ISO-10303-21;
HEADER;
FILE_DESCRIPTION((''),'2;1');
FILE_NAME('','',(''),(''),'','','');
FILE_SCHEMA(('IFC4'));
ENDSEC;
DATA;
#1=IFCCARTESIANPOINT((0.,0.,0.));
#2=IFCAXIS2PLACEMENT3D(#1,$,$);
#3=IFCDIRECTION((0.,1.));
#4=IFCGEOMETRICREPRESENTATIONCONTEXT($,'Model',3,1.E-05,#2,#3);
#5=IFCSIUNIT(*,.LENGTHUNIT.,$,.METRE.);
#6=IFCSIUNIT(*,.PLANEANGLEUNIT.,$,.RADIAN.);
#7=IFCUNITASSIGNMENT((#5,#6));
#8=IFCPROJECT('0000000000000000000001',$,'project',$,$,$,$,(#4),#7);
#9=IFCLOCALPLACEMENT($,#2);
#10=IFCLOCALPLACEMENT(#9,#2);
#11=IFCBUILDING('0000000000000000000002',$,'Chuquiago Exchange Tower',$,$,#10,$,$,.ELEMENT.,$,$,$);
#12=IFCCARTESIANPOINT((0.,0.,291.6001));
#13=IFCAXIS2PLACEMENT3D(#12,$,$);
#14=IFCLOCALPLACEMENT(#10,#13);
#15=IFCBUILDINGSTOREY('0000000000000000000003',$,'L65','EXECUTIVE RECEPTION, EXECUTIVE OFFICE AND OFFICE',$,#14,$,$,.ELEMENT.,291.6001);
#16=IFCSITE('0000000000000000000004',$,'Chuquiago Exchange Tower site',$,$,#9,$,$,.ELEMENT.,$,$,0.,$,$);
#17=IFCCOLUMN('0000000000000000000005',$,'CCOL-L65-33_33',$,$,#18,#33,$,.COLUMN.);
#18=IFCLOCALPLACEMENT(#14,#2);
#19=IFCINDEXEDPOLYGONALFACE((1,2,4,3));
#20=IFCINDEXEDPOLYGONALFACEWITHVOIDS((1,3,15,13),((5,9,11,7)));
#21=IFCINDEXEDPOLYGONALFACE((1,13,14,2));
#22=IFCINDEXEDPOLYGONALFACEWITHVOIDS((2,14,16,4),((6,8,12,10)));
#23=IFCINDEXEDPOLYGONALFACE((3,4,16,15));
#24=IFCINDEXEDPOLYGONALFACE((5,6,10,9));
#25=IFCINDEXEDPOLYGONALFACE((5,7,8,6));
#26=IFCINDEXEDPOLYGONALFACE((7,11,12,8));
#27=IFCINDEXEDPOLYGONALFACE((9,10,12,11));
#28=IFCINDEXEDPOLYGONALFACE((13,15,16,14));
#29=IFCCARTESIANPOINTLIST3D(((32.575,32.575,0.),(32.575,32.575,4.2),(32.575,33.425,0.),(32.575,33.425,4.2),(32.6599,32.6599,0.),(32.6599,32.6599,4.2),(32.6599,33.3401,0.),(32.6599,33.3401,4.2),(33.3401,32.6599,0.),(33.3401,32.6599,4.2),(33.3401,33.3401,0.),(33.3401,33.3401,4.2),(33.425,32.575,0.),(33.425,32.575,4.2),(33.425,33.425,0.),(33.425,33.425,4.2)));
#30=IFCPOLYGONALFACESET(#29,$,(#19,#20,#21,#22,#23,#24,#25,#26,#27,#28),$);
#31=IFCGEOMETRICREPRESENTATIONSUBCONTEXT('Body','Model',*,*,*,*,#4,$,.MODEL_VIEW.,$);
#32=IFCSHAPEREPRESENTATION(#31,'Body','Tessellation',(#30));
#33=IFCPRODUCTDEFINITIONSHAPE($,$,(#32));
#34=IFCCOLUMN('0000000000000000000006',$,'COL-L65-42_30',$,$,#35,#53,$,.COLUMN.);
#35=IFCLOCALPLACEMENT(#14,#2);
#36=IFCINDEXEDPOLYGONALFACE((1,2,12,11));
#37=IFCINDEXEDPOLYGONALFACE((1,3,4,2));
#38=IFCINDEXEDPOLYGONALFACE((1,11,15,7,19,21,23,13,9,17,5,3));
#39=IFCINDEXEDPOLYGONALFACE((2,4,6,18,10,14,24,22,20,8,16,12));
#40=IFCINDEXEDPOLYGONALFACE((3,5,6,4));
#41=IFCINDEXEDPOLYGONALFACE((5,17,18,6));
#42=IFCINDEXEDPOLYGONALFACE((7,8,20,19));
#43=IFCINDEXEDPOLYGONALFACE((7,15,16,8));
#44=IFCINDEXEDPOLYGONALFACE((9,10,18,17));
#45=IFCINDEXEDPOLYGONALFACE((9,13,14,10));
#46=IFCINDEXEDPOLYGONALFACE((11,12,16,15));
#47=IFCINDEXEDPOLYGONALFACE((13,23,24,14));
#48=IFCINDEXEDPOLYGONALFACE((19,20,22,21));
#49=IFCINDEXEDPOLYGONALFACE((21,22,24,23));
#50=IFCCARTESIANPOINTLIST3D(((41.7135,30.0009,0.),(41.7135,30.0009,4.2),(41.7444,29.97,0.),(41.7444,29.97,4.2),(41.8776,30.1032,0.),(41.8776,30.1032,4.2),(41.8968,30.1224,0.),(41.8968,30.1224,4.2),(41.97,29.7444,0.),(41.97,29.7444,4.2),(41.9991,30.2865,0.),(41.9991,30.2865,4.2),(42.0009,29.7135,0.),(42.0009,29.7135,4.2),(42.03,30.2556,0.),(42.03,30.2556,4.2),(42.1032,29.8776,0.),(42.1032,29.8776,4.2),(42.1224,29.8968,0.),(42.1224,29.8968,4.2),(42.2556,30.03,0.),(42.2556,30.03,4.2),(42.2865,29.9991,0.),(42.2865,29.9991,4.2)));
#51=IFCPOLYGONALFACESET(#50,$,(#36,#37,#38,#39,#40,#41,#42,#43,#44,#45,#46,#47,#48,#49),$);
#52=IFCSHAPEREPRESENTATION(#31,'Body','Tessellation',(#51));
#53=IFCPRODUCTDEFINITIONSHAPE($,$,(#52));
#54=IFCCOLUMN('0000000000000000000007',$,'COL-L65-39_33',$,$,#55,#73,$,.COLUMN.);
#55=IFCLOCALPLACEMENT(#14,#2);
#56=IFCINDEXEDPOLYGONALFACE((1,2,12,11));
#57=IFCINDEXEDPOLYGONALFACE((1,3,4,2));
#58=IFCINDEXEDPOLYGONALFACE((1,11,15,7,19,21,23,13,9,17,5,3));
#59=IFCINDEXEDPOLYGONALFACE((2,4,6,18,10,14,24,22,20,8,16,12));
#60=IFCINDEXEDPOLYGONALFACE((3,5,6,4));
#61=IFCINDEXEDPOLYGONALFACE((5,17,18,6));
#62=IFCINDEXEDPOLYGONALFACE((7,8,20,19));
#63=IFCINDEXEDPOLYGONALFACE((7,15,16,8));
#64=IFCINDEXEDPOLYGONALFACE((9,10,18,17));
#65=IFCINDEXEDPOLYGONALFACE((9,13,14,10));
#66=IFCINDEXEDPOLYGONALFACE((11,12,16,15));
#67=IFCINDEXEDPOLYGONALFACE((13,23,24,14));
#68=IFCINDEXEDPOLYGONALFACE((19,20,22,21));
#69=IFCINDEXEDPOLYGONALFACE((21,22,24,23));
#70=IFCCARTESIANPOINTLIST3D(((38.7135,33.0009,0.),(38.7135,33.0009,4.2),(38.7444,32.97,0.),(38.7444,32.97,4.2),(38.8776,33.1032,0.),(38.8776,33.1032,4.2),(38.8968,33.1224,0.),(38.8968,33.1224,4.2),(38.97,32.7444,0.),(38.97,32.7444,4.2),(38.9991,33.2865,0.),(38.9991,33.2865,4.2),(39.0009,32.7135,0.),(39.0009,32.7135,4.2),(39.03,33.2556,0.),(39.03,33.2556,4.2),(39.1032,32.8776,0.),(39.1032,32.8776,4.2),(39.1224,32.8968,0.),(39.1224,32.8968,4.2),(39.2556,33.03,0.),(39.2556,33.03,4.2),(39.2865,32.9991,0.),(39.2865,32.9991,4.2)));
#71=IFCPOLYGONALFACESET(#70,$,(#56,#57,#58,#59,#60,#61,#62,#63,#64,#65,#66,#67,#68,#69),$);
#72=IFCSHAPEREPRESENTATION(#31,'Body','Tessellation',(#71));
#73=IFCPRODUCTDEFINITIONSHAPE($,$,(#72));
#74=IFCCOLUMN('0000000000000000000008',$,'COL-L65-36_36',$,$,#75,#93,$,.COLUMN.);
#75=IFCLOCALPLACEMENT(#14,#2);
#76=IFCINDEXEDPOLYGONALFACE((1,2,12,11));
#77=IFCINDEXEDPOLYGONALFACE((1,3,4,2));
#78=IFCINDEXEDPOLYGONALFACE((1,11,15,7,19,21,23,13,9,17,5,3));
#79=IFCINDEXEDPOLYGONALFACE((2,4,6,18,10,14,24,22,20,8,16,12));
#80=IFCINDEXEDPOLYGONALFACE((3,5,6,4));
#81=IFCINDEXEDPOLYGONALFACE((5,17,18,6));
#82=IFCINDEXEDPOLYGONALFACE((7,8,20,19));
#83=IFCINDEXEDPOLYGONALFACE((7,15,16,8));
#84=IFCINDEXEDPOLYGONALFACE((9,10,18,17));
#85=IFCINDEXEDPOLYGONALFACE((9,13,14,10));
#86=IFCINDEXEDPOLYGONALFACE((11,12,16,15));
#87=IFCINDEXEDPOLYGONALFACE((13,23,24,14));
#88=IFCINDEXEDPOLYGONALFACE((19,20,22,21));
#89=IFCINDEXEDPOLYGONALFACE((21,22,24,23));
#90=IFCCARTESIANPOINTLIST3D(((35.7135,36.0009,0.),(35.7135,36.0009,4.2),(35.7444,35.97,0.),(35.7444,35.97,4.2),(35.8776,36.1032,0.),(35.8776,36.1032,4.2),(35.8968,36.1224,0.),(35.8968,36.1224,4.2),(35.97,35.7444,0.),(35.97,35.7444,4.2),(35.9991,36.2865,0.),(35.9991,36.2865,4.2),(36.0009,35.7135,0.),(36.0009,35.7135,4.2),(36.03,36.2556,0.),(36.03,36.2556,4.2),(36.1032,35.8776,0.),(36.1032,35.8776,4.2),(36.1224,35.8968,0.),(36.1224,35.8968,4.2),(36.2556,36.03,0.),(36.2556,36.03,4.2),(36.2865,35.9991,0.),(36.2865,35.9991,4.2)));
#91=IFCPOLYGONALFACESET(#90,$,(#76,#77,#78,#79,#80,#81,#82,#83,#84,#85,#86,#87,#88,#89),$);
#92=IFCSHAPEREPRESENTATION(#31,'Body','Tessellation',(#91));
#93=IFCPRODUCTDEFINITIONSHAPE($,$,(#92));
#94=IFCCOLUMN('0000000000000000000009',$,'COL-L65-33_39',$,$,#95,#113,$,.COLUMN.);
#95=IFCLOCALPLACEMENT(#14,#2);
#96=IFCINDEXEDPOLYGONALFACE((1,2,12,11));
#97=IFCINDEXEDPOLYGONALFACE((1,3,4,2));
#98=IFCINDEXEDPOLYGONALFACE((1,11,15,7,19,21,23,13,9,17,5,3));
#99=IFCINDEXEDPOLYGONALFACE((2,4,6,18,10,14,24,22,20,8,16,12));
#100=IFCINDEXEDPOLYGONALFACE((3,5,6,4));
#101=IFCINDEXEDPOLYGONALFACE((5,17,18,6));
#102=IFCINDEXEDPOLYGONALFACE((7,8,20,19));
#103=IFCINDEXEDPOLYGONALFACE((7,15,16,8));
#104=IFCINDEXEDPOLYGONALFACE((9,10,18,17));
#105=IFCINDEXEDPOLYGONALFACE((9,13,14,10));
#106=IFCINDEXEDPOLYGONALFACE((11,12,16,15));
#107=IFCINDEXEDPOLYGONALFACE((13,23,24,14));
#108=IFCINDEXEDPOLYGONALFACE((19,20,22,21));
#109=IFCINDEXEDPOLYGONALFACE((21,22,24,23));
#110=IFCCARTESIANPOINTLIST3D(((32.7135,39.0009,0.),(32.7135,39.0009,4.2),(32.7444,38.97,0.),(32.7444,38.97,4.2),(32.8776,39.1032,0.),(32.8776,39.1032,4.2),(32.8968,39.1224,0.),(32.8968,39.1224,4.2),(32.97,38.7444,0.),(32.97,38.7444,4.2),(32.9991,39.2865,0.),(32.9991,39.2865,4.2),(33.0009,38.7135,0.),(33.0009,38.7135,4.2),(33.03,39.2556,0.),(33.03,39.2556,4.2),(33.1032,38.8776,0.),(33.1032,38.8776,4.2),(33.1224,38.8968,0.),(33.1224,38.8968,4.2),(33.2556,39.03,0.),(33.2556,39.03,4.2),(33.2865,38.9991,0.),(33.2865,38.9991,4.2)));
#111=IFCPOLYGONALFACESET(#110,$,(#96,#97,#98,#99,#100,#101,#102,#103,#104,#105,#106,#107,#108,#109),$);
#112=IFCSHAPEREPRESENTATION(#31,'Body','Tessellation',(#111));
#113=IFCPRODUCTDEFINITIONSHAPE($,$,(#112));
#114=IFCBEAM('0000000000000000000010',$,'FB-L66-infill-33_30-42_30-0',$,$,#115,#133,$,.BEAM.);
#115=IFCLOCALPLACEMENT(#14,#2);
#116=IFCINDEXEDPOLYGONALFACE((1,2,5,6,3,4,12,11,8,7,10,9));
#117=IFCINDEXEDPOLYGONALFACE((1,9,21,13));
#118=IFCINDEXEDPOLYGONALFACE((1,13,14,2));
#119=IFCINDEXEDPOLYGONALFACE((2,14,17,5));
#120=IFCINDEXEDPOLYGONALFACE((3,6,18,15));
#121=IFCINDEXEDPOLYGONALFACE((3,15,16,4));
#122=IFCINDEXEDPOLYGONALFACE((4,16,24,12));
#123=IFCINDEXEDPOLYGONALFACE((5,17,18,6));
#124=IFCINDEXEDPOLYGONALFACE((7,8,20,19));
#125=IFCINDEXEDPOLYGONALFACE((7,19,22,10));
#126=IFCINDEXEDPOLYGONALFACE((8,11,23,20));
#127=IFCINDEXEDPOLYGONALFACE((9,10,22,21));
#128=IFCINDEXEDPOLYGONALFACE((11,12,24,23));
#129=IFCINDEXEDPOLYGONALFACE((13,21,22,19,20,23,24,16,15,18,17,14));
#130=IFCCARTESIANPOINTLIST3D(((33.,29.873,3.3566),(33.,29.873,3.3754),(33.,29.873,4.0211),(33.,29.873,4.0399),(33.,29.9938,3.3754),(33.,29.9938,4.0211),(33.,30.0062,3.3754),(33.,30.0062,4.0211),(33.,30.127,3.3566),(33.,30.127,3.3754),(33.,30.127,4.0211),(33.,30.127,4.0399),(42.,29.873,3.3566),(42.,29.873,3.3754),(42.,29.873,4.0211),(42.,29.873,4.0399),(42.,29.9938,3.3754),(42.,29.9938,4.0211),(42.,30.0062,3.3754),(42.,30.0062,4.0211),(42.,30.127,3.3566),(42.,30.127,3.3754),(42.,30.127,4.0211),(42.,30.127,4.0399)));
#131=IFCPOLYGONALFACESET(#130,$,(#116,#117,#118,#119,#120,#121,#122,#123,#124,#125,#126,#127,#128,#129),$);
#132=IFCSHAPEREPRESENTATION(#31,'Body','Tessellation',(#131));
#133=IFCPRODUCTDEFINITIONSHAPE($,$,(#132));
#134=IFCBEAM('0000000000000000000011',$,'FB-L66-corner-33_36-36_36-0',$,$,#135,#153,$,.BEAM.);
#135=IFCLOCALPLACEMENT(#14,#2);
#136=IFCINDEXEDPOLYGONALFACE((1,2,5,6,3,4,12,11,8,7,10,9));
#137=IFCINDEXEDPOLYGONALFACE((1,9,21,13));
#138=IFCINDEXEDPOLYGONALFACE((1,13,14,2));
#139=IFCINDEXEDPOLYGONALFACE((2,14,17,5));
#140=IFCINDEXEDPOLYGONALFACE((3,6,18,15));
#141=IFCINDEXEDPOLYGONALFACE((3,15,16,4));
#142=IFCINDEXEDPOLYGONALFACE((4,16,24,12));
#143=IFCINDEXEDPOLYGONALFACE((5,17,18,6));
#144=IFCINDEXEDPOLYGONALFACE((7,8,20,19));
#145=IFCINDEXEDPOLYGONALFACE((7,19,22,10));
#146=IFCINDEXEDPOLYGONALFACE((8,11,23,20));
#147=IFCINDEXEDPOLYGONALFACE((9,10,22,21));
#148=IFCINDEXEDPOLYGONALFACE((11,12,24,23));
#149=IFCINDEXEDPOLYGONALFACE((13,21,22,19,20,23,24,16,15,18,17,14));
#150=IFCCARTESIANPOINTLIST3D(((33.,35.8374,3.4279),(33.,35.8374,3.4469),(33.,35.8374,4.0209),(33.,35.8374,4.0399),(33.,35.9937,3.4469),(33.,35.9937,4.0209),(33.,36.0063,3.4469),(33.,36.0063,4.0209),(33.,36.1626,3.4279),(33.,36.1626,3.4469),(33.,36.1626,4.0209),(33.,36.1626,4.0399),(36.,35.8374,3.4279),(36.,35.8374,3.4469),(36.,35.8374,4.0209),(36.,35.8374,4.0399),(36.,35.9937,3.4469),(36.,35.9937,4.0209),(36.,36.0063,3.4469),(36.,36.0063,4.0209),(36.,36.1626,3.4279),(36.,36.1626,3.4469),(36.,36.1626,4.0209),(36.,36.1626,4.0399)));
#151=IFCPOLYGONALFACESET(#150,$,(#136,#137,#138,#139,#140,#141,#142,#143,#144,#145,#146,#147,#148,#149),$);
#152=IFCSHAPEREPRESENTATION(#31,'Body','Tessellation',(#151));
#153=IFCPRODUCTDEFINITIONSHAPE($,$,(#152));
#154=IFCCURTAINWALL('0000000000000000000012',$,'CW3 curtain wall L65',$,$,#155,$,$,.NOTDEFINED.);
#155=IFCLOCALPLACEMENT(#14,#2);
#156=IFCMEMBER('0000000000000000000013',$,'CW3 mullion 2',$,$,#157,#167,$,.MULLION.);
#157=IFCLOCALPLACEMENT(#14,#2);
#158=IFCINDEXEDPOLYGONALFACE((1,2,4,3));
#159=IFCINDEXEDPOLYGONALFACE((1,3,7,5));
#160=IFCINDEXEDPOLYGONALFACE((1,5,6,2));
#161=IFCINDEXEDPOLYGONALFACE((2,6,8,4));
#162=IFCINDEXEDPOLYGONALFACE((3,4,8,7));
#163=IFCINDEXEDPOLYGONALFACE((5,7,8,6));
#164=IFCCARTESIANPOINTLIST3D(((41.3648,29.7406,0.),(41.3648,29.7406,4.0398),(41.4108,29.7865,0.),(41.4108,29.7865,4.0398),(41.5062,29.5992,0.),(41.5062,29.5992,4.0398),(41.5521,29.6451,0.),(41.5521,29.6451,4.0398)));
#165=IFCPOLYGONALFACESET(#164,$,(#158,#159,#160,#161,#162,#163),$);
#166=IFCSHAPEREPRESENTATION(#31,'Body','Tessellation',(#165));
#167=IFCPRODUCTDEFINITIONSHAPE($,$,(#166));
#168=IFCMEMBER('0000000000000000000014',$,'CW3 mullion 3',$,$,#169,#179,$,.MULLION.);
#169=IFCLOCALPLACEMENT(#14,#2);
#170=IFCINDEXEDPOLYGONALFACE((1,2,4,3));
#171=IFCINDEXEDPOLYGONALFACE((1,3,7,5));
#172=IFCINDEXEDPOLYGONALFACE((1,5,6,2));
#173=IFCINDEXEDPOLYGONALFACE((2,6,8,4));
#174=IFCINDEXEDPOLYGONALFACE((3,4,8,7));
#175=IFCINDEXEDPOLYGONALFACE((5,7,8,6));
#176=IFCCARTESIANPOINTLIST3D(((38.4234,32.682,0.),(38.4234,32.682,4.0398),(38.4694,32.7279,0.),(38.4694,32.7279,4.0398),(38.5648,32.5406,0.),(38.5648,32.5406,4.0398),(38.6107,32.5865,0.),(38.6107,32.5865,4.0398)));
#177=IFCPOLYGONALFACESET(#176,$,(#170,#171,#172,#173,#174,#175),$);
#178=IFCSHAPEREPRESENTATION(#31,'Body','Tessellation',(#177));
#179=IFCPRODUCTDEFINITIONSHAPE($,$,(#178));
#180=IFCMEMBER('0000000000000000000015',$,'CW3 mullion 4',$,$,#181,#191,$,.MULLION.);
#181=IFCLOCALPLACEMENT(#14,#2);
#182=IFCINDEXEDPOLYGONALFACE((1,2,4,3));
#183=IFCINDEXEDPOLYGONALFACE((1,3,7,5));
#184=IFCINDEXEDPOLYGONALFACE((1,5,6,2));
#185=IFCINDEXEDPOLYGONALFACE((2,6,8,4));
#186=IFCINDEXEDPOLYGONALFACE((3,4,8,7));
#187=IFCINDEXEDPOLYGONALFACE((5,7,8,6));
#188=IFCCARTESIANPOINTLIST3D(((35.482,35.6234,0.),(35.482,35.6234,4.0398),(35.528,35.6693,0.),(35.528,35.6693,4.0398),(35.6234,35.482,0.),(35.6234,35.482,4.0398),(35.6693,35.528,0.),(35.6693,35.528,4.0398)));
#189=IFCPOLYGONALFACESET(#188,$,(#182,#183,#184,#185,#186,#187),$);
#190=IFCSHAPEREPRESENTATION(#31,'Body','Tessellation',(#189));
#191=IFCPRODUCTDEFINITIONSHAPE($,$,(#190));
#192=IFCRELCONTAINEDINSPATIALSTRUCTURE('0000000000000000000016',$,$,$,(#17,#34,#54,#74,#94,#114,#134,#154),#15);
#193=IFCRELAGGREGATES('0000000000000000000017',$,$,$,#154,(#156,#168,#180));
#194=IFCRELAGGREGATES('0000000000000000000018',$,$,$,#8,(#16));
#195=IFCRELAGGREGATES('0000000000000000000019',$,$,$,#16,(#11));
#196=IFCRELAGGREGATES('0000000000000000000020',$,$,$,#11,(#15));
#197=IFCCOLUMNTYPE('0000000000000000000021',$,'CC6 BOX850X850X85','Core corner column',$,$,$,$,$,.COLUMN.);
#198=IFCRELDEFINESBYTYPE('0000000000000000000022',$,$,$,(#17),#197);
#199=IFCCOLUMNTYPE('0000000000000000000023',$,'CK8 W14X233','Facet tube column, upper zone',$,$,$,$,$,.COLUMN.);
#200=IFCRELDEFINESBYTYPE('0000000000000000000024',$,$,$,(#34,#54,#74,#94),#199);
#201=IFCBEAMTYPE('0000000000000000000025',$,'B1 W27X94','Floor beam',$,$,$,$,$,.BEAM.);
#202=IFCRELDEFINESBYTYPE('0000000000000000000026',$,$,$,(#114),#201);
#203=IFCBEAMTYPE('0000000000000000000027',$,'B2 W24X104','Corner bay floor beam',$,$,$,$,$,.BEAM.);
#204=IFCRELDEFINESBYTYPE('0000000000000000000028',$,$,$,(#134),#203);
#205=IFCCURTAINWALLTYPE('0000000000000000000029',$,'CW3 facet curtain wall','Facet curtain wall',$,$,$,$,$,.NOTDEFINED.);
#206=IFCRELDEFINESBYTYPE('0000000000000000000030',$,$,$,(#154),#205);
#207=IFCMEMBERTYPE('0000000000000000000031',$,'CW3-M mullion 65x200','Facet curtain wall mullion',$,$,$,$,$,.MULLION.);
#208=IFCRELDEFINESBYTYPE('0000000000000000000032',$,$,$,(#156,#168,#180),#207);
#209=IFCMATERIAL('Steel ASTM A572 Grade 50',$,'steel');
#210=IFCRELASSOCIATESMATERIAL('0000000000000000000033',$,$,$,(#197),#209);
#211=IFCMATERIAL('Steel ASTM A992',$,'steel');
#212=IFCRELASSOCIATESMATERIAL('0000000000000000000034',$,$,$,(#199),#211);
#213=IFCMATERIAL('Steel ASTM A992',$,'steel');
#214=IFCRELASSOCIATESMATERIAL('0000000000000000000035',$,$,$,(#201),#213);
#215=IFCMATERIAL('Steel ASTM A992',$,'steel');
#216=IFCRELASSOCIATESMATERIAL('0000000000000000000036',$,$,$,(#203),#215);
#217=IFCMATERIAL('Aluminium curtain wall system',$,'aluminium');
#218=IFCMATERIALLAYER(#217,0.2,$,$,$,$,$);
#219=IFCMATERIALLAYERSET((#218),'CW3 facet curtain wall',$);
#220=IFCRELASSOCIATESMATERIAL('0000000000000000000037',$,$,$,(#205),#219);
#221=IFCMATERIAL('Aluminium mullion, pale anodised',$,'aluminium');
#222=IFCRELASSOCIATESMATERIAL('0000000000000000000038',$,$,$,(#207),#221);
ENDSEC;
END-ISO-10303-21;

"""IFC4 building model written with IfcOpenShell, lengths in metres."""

from ifc_helpers import new_model, si_unit, direction, frame, origin, origin_2d, place, context, subcontext, project, spatial, rectangle, hollow_rectangle, i_section, extrude, material, layer, layer_set, material_profile, profile_set, type_object, element, aggregate, save


model = new_model("IFC4")

# Units and contexts
model_context = context("Model", 3, precision=1e-05, world=origin(), true_north=direction((0.0, 1.0)))
body_context = subcontext(model_context, "Body", "Model", "MODEL_VIEW")
ifc_project = project(units=[si_unit("LENGTHUNIT", "METRE"), si_unit("PLANEANGLEUNIT", "RADIAN")], contexts=[model_context])

# Site, building, storey
site_placement = place(None, origin())
site = spatial("IfcSite", under=ifc_project, at=site_placement, Name="Chuquiago Exchange Tower site", CompositionType="ELEMENT", RefElevation=0.0)
building_placement = place(site_placement, origin())
building = spatial("IfcBuilding", under=site, at=building_placement, Name="Chuquiago Exchange Tower", CompositionType="ELEMENT")
storey_placement = place(building_placement, frame((0.0, 0.0, 291.6001)))
storey = spatial("IfcBuildingStorey", under=building, at=storey_placement, Name="L65", Description="EXECUTIVE RECEPTION, EXECUTIVE OFFICE AND OFFICE", CompositionType="ELEMENT", Elevation=291.6001)

# Columns
ifc_material_1 = material(Name="Steel ASTM A572 Grade 50", Category="steel")
ifc_material_profile_1 = material_profile(ifc_material_1, hollow_rectangle(XDim=0.8501, YDim=0.8501, WallThickness=0.085, at=origin_2d()), Name="BOX850X850X85")
ifc_profile_set_1 = profile_set([ifc_material_profile_1], Name="Steel ASTM A572 Grade 50")
column_type_1 = type_object("IfcColumnType", Name="CC6 BOX850X850X85", Description="Core corner column", PredefinedType="COLUMN", material=ifc_profile_set_1)
column_placement = place(storey_placement, frame((33.0, 33.0, 0.0), z_axis=(0.0, 0.0, 1.0), x_axis=(1.0, 0.0, 0.0)))
element("IfcColumn", 1, at=column_placement, inside=storey, type_object=column_type_1, Name="CCOL-L65-33_33", PredefinedType="COLUMN", context=body_context, shape_type="SweptSolid", body=[
    extrude(hollow_rectangle(XDim=0.8501, YDim=0.8501, WallThickness=0.085, at=origin_2d()), origin(), (0.0, 0.0, 1.0), 4.2),
])
ifc_material_2 = material(Name="Steel ASTM A992", Category="steel")
ifc_material_profile_2 = material_profile(ifc_material_2, i_section(OverallWidth=0.4038, OverallDepth=0.4065, WebThickness=0.0271, FlangeThickness=0.0437, at=origin_2d()), Name="W14X233")
ifc_profile_set_2 = profile_set([ifc_material_profile_2], Name="Steel ASTM A992")
column_type_2 = type_object("IfcColumnType", Name="CK8 W14X233", Description="Facet tube column, upper zone", PredefinedType="COLUMN", material=ifc_profile_set_2)
for number, where, z_axis, x_axis, name in (
    (2, (42.0, 30.0, 0.0), (0.0, 0.0, 1.0), (0.707107, 0.707107, 0.0), "COL-L65-42_30"),
    (3, (39.0, 33.0, 0.0), (0.0, 0.0, 1.0), (0.707107, 0.707107, 0.0), "COL-L65-39_33"),
    (4, (36.0, 36.0, 0.0), (0.0, 0.0, 1.0), (0.707107, 0.707107, 0.0), "COL-L65-36_36"),
    (5, (33.0, 39.0, 0.0), (0.0, 0.0, 1.0), (0.707107, 0.707107, 0.0), "COL-L65-33_39"),
):
    element("IfcColumn", number, at=place(storey_placement, frame(where, z_axis=z_axis, x_axis=x_axis)), inside=storey, type_object=column_type_2, Name=name, PredefinedType="COLUMN", context=body_context, shape_type="SweptSolid", body=[
        extrude(i_section(OverallWidth=0.4038, OverallDepth=0.4065, WebThickness=0.0271, FlangeThickness=0.0437, at=origin_2d()), origin(), (0.0, 0.0, 1.0), 4.2),
    ])

# Beams
ifc_material_3 = material(Name="Steel ASTM A992", Category="steel")
ifc_material_profile_3 = material_profile(ifc_material_3, i_section(OverallWidth=0.2539, OverallDepth=0.6833, WebThickness=0.0125, FlangeThickness=0.0188, at=origin_2d()), Name="W27X94")
ifc_profile_set_3 = profile_set([ifc_material_profile_3], Name="Steel ASTM A992")
beam_type_1 = type_object("IfcBeamType", Name="B1 W27X94", Description="Floor beam", PredefinedType="BEAM", material=ifc_profile_set_3)
beam_1_placement = place(storey_placement, frame((33.0, 30.0, 3.6982), z_axis=(1.0, 0.0, 0.0), x_axis=(0.0, 1.0, 0.0)))
element("IfcBeam", 6, at=beam_1_placement, inside=storey, type_object=beam_type_1, Name="FB-L66-infill-33_30-42_30-0", PredefinedType="BEAM", context=body_context, shape_type="SweptSolid", body=[
    extrude(i_section(OverallWidth=0.2539, OverallDepth=0.6833, WebThickness=0.0125, FlangeThickness=0.0188, at=origin_2d()), origin(), (0.0, 0.0, 1.0), 9.0),
])
ifc_material_4 = material(Name="Steel ASTM A992", Category="steel")
ifc_material_profile_4 = material_profile(ifc_material_4, i_section(OverallWidth=0.3252, OverallDepth=0.6121, WebThickness=0.0127, FlangeThickness=0.019, at=origin_2d()), Name="W24X104")
ifc_profile_set_4 = profile_set([ifc_material_profile_4], Name="Steel ASTM A992")
beam_type_2 = type_object("IfcBeamType", Name="B2 W24X104", Description="Corner bay floor beam", PredefinedType="BEAM", material=ifc_profile_set_4)
beam_2_placement = place(storey_placement, frame((33.0, 36.0, 3.7339), z_axis=(1.0, 0.0, 0.0), x_axis=(0.0, 1.0, 0.0)))
element("IfcBeam", 7, at=beam_2_placement, inside=storey, type_object=beam_type_2, Name="FB-L66-corner-33_36-36_36-0", PredefinedType="BEAM", context=body_context, shape_type="SweptSolid", body=[
    extrude(i_section(OverallWidth=0.3252, OverallDepth=0.6121, WebThickness=0.0127, FlangeThickness=0.019, at=origin_2d()), origin(), (0.0, 0.0, 1.0), 3.0),
])

# Curtain wall, members
ifc_material_5 = material(Name="Aluminium curtain wall system", Category="aluminium")
ifc_layer_1 = layer(ifc_material_5, 0.2)
ifc_layer_set_1 = layer_set([ifc_layer_1], Name="CW3 facet curtain wall")
curtain_wall_type = type_object("IfcCurtainWallType", Name="CW3 facet curtain wall", Description="Facet curtain wall", PredefinedType="NOTDEFINED", material=ifc_layer_set_1)
curtain_wall_placement = place(storey_placement, origin())
curtain_wall = element("IfcCurtainWall", 8, at=curtain_wall_placement, inside=storey, type_object=curtain_wall_type, Name="CW3 curtain wall L65", PredefinedType="NOTDEFINED")
ifc_material_6 = material(Name="Aluminium mullion, pale anodised", Category="aluminium")
ifc_material_profile_5 = material_profile(ifc_material_6, rectangle(XDim=0.0649, YDim=0.2, at=origin_2d()), Name="AL 65x200")
ifc_profile_set_5 = profile_set([ifc_material_profile_5], Name="Aluminium mullion, pale anodised")
member_type_1 = type_object("IfcMemberType", Name="CW3-M mullion 65x200", Description="Facet curtain wall mullion", PredefinedType="MULLION", material=ifc_profile_set_5)
member_1_placement = place(storey_placement, frame((41.4585, 29.6929, 0.0), z_axis=(0.0, 0.0, 1.0), x_axis=(-0.707107, -0.707107, 0.0)))
member_1 = element("IfcMember", 9, at=member_1_placement, type_object=member_type_1, Name="CW3 mullion 2", PredefinedType="MULLION", context=body_context, shape_type="SweptSolid", body=[
    extrude(rectangle(XDim=0.0649, YDim=0.2, at=origin_2d()), origin(), (0.0, 0.0, 1.0), 4.0398),
])
member_2_placement = place(storey_placement, frame((38.5171, 32.6343, 0.0), z_axis=(0.0, 0.0, 1.0), x_axis=(-0.707107, -0.707107, 0.0)))
member_2 = element("IfcMember", 10, at=member_2_placement, type_object=member_type_1, Name="CW3 mullion 3", PredefinedType="MULLION", context=body_context, shape_type="SweptSolid", body=[
    extrude(rectangle(XDim=0.0649, YDim=0.2, at=origin_2d()), origin(), (0.0, 0.0, 1.0), 4.0398),
])
member_3_placement = place(storey_placement, frame((35.5757, 35.5757, 0.0), z_axis=(0.0, 0.0, 1.0), x_axis=(-0.707107, -0.707107, 0.0)))
member_3 = element("IfcMember", 11, at=member_3_placement, type_object=member_type_1, Name="CW3 mullion 4", PredefinedType="MULLION", context=body_context, shape_type="SweptSolid", body=[
    extrude(rectangle(XDim=0.0649, YDim=0.2, at=origin_2d()), origin(), (0.0, 0.0, 1.0), 4.0398),
])

aggregate(curtain_wall, [member_1, member_2, member_3])

save(model, "model.ifc")
